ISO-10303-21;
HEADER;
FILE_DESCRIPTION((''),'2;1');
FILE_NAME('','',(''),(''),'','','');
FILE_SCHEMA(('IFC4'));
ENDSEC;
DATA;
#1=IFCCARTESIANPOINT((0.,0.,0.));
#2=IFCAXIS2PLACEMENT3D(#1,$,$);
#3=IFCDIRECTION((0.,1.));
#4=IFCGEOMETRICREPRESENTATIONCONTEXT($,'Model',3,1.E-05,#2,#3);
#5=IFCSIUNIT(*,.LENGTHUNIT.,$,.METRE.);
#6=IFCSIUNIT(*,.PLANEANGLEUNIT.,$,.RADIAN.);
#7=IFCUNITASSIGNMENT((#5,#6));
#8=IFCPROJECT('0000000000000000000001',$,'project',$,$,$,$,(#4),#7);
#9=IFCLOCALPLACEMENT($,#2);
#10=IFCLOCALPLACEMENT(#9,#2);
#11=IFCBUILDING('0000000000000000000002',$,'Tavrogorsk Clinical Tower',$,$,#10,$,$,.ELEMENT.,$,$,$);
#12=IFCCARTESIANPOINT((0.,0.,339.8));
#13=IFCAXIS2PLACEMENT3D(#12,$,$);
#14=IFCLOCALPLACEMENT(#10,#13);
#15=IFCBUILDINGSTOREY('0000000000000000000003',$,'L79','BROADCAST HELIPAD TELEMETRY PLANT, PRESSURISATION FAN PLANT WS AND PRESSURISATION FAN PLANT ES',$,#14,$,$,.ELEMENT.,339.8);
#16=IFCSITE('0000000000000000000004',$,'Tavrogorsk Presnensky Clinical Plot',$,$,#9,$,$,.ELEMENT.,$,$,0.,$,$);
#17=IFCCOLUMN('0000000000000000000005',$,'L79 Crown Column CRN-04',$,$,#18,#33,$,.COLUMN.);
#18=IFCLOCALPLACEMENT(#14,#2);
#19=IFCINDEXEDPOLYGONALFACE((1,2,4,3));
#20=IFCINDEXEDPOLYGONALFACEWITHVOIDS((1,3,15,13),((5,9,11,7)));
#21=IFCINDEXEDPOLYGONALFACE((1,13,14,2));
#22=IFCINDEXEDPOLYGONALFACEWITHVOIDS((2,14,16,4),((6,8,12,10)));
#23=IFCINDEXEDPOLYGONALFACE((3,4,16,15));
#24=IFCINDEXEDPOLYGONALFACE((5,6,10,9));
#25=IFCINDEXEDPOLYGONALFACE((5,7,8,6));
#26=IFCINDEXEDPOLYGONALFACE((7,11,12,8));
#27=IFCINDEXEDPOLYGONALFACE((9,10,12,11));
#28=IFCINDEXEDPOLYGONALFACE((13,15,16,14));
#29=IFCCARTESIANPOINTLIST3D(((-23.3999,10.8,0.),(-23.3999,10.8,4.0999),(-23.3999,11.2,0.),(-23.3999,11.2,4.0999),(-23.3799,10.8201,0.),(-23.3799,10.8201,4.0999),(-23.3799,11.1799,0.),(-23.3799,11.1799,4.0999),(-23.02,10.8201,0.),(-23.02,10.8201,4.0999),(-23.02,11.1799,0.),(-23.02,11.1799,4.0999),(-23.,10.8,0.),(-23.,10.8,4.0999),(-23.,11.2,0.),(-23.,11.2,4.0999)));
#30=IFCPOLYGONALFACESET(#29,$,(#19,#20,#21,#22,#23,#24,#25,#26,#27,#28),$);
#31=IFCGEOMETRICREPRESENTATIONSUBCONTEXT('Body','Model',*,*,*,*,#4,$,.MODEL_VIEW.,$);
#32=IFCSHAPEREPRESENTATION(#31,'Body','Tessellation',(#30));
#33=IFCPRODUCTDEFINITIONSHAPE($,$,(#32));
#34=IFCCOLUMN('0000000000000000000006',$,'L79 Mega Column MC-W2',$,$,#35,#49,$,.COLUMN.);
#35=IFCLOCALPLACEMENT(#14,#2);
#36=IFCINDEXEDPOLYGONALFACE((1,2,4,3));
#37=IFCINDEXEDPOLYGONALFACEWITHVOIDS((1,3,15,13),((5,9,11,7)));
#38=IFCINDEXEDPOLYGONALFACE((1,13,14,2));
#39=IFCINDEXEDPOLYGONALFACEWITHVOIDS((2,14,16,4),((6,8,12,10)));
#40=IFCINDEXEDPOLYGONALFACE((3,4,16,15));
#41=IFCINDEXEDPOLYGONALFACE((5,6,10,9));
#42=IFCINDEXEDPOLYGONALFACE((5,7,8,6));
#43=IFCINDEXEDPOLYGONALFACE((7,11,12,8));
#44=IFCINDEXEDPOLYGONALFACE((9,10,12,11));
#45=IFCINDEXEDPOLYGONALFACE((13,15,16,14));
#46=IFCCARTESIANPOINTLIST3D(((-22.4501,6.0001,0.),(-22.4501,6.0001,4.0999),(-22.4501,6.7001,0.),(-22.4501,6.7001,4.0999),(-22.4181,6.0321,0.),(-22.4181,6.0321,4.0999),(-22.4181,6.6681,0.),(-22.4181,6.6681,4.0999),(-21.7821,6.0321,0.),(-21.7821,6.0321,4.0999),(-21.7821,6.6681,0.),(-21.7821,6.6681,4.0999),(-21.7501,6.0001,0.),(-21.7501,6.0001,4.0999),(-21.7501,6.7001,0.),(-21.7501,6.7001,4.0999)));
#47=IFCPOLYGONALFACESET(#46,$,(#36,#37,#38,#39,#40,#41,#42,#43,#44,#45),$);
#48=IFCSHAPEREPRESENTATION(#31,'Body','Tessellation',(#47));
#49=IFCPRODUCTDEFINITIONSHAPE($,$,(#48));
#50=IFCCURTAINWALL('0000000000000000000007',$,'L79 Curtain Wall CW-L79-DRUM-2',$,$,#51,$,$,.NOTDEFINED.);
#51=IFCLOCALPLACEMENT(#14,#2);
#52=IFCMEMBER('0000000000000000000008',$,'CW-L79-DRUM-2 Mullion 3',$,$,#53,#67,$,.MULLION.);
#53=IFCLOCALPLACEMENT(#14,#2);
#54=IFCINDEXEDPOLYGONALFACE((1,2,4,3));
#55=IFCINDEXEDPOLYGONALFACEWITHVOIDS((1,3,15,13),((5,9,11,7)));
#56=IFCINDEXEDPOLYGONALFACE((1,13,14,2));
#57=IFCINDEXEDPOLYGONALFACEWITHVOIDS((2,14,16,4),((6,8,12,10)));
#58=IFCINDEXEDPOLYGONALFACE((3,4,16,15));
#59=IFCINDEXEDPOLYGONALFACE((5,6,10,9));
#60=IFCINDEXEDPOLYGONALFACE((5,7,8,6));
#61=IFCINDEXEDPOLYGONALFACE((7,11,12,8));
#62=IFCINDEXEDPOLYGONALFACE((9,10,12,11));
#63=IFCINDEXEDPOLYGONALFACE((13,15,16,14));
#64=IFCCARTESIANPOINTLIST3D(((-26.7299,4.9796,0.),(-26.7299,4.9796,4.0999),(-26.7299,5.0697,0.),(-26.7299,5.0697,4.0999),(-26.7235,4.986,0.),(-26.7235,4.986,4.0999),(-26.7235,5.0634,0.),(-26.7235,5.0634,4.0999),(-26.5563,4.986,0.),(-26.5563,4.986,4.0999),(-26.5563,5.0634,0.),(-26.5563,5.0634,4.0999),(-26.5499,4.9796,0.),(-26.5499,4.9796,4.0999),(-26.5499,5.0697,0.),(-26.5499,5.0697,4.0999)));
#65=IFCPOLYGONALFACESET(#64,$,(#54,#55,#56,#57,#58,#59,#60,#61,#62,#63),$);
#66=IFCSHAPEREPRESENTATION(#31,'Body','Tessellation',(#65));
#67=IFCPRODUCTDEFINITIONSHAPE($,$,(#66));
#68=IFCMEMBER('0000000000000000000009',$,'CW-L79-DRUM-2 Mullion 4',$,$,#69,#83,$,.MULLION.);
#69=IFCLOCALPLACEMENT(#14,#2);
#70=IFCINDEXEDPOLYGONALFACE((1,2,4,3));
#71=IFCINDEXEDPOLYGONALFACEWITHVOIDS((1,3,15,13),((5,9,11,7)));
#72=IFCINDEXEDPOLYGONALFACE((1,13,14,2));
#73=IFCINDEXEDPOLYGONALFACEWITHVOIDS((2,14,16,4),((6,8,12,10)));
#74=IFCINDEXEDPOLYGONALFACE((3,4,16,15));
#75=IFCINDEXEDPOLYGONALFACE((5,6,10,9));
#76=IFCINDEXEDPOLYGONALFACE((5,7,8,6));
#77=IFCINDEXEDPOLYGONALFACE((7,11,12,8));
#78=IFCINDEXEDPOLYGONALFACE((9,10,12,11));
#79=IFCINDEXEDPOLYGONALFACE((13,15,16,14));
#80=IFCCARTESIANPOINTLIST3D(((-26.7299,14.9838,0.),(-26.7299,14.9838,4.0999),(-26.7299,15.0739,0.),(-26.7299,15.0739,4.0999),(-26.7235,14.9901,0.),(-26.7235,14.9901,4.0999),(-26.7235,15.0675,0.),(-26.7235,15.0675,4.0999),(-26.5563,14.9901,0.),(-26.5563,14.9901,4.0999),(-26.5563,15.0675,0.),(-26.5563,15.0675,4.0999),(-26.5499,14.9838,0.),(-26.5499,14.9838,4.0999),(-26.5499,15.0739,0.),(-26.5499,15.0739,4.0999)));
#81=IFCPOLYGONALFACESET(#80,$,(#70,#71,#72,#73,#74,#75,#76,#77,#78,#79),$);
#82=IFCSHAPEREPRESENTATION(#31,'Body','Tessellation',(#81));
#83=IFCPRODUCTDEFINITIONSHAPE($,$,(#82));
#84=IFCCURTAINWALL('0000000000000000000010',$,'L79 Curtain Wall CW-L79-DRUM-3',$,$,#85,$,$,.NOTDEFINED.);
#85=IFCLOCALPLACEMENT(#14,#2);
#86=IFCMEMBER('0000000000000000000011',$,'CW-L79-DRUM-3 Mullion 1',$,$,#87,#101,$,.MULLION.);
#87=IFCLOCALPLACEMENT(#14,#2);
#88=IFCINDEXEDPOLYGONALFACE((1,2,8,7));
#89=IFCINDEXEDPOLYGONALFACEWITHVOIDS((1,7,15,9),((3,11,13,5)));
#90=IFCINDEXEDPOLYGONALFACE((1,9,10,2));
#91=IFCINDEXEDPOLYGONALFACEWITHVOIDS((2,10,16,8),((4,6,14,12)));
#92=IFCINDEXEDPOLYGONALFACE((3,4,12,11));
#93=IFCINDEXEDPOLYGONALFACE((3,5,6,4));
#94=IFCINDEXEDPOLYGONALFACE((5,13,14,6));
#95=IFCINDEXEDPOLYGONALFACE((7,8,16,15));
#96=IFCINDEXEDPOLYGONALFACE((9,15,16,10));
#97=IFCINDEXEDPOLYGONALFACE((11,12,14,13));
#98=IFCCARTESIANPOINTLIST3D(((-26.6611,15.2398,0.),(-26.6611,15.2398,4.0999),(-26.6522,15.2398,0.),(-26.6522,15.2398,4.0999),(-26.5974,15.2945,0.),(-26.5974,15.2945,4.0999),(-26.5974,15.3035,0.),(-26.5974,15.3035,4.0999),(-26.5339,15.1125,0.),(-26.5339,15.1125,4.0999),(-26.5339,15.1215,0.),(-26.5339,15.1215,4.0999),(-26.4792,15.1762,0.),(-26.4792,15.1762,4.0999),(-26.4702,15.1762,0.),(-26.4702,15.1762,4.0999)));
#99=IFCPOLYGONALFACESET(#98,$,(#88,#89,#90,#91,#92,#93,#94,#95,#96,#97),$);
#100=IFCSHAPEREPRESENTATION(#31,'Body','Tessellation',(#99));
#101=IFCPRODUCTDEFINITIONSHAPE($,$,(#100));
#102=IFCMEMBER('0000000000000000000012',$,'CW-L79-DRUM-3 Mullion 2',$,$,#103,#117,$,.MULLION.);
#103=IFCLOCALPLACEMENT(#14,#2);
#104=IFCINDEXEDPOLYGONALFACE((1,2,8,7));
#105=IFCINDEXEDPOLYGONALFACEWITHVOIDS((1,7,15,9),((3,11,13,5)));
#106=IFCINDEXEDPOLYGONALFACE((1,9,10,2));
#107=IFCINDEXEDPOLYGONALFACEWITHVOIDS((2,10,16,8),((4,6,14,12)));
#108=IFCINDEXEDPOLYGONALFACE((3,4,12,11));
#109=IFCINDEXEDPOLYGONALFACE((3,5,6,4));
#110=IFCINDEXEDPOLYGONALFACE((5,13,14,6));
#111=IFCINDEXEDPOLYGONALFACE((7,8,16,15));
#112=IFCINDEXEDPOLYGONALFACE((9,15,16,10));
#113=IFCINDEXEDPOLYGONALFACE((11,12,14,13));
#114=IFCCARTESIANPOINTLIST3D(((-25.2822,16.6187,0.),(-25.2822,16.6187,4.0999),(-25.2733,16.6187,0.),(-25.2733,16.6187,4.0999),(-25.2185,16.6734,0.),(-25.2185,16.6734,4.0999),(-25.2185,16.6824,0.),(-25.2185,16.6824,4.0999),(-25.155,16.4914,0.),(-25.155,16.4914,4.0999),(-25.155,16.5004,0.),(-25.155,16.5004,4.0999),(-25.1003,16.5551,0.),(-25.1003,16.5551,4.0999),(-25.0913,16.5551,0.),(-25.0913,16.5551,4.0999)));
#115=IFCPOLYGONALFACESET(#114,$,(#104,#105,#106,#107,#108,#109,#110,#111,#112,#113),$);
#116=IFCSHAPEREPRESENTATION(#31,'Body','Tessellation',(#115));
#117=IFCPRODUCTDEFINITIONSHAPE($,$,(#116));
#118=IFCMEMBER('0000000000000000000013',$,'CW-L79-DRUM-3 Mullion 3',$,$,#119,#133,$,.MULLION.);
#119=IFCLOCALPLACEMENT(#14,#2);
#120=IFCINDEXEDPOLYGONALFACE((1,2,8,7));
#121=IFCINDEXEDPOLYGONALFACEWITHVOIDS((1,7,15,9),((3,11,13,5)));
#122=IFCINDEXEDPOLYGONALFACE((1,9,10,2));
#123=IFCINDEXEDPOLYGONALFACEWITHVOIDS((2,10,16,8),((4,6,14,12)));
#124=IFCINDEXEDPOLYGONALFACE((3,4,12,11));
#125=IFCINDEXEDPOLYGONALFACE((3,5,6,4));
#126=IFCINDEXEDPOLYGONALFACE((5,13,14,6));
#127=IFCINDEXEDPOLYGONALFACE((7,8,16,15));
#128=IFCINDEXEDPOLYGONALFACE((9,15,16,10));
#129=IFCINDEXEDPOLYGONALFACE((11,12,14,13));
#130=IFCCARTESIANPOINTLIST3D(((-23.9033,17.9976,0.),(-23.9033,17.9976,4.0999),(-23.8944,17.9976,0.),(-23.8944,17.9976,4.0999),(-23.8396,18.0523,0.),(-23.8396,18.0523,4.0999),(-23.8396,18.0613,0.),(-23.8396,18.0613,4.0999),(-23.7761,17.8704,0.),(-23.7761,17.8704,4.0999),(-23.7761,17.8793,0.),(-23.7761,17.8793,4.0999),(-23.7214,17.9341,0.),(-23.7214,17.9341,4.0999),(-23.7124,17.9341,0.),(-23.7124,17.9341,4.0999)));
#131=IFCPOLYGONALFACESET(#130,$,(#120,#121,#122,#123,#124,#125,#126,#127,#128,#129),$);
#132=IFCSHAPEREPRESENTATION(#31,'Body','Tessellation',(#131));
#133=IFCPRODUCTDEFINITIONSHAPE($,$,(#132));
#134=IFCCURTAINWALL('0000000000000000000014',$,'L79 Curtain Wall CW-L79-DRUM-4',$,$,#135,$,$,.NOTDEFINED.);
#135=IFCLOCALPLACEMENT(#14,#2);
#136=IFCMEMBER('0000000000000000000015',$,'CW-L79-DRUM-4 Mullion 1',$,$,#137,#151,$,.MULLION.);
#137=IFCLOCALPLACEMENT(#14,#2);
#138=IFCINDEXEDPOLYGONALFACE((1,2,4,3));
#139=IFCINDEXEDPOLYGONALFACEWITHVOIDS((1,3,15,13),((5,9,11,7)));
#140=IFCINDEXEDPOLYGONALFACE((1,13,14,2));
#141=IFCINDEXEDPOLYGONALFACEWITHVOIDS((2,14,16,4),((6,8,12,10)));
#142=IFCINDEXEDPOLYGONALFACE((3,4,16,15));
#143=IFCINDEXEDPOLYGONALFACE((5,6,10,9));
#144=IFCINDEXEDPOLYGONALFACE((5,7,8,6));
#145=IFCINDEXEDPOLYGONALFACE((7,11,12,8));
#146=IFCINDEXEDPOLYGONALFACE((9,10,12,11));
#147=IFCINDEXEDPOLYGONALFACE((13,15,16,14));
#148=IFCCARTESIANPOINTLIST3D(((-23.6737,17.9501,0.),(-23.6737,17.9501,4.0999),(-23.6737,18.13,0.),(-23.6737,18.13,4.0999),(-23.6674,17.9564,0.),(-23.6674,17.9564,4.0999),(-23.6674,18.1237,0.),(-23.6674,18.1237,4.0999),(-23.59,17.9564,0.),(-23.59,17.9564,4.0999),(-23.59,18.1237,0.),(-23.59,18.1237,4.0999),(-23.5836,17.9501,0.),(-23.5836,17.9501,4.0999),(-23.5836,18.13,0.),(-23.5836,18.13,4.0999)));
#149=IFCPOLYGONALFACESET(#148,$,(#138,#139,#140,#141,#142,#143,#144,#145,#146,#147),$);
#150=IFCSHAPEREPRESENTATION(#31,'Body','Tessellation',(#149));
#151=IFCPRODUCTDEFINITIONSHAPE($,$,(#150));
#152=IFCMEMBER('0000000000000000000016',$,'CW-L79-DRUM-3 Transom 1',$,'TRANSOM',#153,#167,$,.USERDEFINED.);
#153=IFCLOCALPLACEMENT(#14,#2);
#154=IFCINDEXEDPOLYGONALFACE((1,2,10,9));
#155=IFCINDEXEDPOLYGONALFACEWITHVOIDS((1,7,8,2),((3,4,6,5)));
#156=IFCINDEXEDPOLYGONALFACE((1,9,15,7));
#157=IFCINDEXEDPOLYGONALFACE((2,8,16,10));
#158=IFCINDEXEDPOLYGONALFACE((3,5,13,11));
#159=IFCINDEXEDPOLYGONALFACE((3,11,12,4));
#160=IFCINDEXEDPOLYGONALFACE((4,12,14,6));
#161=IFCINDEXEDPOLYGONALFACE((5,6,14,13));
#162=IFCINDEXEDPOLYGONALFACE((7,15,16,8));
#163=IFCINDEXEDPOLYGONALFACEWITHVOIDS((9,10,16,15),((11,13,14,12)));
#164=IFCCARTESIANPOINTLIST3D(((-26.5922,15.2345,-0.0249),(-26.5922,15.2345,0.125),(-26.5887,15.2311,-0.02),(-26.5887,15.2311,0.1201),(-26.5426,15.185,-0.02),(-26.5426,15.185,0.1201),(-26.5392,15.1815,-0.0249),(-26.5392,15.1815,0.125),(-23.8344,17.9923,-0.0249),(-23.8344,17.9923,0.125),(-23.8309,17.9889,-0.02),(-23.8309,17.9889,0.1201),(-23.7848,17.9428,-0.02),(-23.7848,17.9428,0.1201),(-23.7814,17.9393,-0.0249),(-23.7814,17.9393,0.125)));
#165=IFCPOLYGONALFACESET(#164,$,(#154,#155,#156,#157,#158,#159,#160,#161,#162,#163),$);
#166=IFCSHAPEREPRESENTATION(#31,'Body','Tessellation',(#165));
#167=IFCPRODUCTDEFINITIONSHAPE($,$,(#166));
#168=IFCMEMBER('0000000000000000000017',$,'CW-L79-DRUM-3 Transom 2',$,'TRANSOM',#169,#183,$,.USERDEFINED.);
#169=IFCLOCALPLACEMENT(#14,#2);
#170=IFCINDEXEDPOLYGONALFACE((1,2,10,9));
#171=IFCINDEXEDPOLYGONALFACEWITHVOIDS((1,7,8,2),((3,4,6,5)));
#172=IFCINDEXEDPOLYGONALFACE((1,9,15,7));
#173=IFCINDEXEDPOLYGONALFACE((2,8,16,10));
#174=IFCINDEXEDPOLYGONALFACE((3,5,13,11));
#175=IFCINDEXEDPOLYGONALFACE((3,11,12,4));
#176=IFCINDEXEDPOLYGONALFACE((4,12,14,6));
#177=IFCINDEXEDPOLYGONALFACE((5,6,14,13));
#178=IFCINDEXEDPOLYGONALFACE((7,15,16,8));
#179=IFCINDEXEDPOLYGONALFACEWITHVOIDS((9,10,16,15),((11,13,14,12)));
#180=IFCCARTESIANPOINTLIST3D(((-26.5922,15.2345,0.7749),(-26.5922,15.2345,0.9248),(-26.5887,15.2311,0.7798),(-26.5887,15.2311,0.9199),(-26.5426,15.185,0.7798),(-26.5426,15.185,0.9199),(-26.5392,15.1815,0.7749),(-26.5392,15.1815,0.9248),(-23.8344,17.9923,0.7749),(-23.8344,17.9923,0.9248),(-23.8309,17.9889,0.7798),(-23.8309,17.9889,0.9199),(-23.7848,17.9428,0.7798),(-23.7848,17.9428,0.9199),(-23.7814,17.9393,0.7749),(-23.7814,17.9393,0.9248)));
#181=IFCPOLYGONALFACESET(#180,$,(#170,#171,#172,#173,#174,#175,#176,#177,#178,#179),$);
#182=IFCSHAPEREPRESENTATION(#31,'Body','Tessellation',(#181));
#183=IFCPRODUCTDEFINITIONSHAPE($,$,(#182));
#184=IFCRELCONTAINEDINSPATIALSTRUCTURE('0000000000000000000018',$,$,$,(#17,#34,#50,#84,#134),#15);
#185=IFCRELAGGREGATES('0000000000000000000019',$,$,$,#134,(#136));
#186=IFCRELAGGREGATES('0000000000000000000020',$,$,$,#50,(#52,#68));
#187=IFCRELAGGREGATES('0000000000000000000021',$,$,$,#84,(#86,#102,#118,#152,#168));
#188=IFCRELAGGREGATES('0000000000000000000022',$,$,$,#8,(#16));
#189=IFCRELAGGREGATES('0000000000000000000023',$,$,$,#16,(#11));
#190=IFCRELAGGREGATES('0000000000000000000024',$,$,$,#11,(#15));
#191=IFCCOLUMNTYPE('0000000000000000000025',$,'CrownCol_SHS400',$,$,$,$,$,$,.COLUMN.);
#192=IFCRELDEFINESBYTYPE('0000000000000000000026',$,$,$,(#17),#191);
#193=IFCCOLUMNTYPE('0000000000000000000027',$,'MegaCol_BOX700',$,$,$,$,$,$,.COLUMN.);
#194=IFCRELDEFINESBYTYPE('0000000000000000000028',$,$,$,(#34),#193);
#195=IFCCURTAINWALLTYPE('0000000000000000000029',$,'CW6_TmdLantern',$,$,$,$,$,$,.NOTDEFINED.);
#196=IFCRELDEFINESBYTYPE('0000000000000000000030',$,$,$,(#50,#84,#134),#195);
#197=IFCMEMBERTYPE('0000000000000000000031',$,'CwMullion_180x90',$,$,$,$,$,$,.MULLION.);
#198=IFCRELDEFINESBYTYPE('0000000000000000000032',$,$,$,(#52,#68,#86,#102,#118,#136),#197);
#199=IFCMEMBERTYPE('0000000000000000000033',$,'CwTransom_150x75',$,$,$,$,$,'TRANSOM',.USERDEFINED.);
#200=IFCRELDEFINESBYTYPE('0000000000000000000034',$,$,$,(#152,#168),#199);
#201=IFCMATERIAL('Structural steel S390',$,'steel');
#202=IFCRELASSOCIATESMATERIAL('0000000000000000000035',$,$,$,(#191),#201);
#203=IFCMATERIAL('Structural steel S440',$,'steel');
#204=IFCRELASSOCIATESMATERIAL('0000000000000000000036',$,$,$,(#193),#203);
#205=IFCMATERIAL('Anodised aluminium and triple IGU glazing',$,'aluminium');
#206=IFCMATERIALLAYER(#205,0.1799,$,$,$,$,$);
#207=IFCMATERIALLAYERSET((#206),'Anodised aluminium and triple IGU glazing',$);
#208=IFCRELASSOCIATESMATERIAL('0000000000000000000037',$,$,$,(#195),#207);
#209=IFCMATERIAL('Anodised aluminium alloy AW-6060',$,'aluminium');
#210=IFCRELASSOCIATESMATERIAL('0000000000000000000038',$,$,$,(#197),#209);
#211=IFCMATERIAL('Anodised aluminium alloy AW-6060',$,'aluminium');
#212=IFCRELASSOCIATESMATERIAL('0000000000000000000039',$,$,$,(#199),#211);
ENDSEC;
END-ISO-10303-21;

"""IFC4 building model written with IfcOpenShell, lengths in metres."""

from ifc_helpers import new_model, si_unit, direction, frame, origin, origin_2d, place, context, subcontext, project, spatial, hollow_rectangle, extrude, material, layer, layer_set, material_profile, profile_set, type_object, element, aggregate, save


model = new_model("IFC4")

# Units and contexts
model_context = context("Model", 3, precision=1e-05, world=origin(), true_north=direction((0.0, 1.0)))
body_context = subcontext(model_context, "Body", "Model", "MODEL_VIEW")
ifc_project = project(units=[si_unit("LENGTHUNIT", "METRE"), si_unit("PLANEANGLEUNIT", "RADIAN")], contexts=[model_context])

# Site, building, storey
site_placement = place(None, origin())
site = spatial("IfcSite", under=ifc_project, at=site_placement, Name="Tavrogorsk Presnensky Clinical Plot", CompositionType="ELEMENT", RefElevation=0.0)
building_placement = place(site_placement, origin())
building = spatial("IfcBuilding", under=site, at=building_placement, Name="Tavrogorsk Clinical Tower", CompositionType="ELEMENT")
storey_placement = place(building_placement, frame((0.0, 0.0, 339.8)))
storey = spatial("IfcBuildingStorey", under=building, at=storey_placement, Name="L79", Description="BROADCAST HELIPAD TELEMETRY PLANT, PRESSURISATION FAN PLANT WS AND PRESSURISATION FAN PLANT ES", CompositionType="ELEMENT", Elevation=339.8)

# Columns
ifc_material_1 = material(Name="Structural steel S390", Category="steel")
ifc_material_profile_1 = material_profile(ifc_material_1, hollow_rectangle(XDim=0.3999, YDim=0.3999, WallThickness=0.02, at=origin_2d()), Name="SHS-400x400x20")
ifc_profile_set_1 = profile_set([ifc_material_profile_1], Name="Structural steel S390")
column_type_1 = type_object("IfcColumnType", Name="CrownCol_SHS400", PredefinedType="COLUMN", material=ifc_profile_set_1)
column_1_placement = place(storey_placement, frame((-23.2, 11.0, 0.0), z_axis=(0.0, 0.0, 1.0), x_axis=(1.0, 0.0, 0.0)))
element("IfcColumn", 1, at=column_1_placement, inside=storey, type_object=column_type_1, Name="L79 Crown Column CRN-04", PredefinedType="COLUMN", context=body_context, shape_type="SweptSolid", body=[
    extrude(hollow_rectangle(XDim=0.3999, YDim=0.3999, WallThickness=0.02, at=origin_2d()), origin(), (0.0, 0.0, 1.0), 4.0999),
])
ifc_material_2 = material(Name="Structural steel S440", Category="steel")
ifc_material_profile_2 = material_profile(ifc_material_2, hollow_rectangle(XDim=0.7, YDim=0.7, WallThickness=0.032, at=origin_2d()), Name="BOX-700x700x32")
ifc_profile_set_2 = profile_set([ifc_material_profile_2], Name="Structural steel S440")
column_type_2 = type_object("IfcColumnType", Name="MegaCol_BOX700", PredefinedType="COLUMN", material=ifc_profile_set_2)
column_2_placement = place(storey_placement, frame((-22.1001, 6.3501, 0.0), z_axis=(0.0, 0.0, 1.0), x_axis=(1.0, 0.0, 0.0)))
element("IfcColumn", 2, at=column_2_placement, inside=storey, type_object=column_type_2, Name="L79 Mega Column MC-W2", PredefinedType="COLUMN", context=body_context, shape_type="SweptSolid", body=[
    extrude(hollow_rectangle(XDim=0.7, YDim=0.7, WallThickness=0.032, at=origin_2d()), origin(), (0.0, 0.0, 1.0), 4.0999),
])

# Curtain walls, members
ifc_material_3 = material(Name="Anodised aluminium and triple IGU glazing", Category="aluminium")
ifc_layer_1 = layer(ifc_material_3, 0.1799)
ifc_layer_set_1 = layer_set([ifc_layer_1], Name="Anodised aluminium and triple IGU glazing")
curtain_wall_type = type_object("IfcCurtainWallType", Name="CW6_TmdLantern", PredefinedType="NOTDEFINED", material=ifc_layer_set_1)
curtain_wall_1_placement = place(storey_placement, origin())
curtain_wall_1 = element("IfcCurtainWall", 3, at=curtain_wall_1_placement, inside=storey, type_object=curtain_wall_type, Name="L79 Curtain Wall CW-L79-DRUM-2", PredefinedType="NOTDEFINED")
ifc_material_4 = material(Name="Anodised aluminium alloy AW-6060", Category="aluminium")
ifc_material_profile_3 = material_profile(ifc_material_4, hollow_rectangle(XDim=0.0901, YDim=0.1799, WallThickness=0.0063, at=origin_2d()), Name="RHS-180x90x6.3")
ifc_profile_set_3 = profile_set([ifc_material_profile_3], Name="Anodised aluminium alloy AW-6060")
member_type_1 = type_object("IfcMemberType", Name="CwMullion_180x90", PredefinedType="MULLION", material=ifc_profile_set_3)
member_1_placement = place(storey_placement, frame((-26.6399, 5.0247, 0.0), z_axis=(0.0, 0.0, 1.0), x_axis=(0.0, 1.0, 0.0)))
member_1 = element("IfcMember", 4, at=member_1_placement, type_object=member_type_1, Name="CW-L79-DRUM-2 Mullion 3", PredefinedType="MULLION", context=body_context, shape_type="SweptSolid", body=[
    extrude(hollow_rectangle(XDim=0.0901, YDim=0.1799, WallThickness=0.0063, at=origin_2d()), origin(), (0.0, 0.0, 1.0), 4.0999),
])
member_2_placement = place(storey_placement, frame((-26.6399, 15.0288, 0.0), z_axis=(0.0, 0.0, 1.0), x_axis=(0.0, 1.0, 0.0)))
member_2 = element("IfcMember", 5, at=member_2_placement, type_object=member_type_1, Name="CW-L79-DRUM-2 Mullion 4", PredefinedType="MULLION", context=body_context, shape_type="SweptSolid", body=[
    extrude(hollow_rectangle(XDim=0.0901, YDim=0.1799, WallThickness=0.0063, at=origin_2d()), origin(), (0.0, 0.0, 1.0), 4.0999),
])
curtain_wall_2_placement = place(storey_placement, origin())
curtain_wall_2 = element("IfcCurtainWall", 6, at=curtain_wall_2_placement, inside=storey, type_object=curtain_wall_type, Name="L79 Curtain Wall CW-L79-DRUM-3", PredefinedType="NOTDEFINED")
member_3_placement = place(storey_placement, frame((-26.5657, 15.208, 0.0), z_axis=(0.0, 0.0, 1.0), x_axis=(0.707107, 0.707107, 0.0)))
member_3 = element("IfcMember", 7, at=member_3_placement, type_object=member_type_1, Name="CW-L79-DRUM-3 Mullion 1", PredefinedType="MULLION", context=body_context, shape_type="SweptSolid", body=[
    extrude(hollow_rectangle(XDim=0.0901, YDim=0.1799, WallThickness=0.0063, at=origin_2d()), origin(), (0.0, 0.0, 1.0), 4.0999),
])
member_4_placement = place(storey_placement, frame((-25.1868, 16.5869, 0.0), z_axis=(0.0, 0.0, 1.0), x_axis=(0.707107, 0.707107, 0.0)))
member_4 = element("IfcMember", 8, at=member_4_placement, type_object=member_type_1, Name="CW-L79-DRUM-3 Mullion 2", PredefinedType="MULLION", context=body_context, shape_type="SweptSolid", body=[
    extrude(hollow_rectangle(XDim=0.0901, YDim=0.1799, WallThickness=0.0063, at=origin_2d()), origin(), (0.0, 0.0, 1.0), 4.0999),
])
member_5_placement = place(storey_placement, frame((-23.8079, 17.9658, 0.0), z_axis=(0.0, 0.0, 1.0), x_axis=(0.707107, 0.707107, 0.0)))
member_5 = element("IfcMember", 9, at=member_5_placement, type_object=member_type_1, Name="CW-L79-DRUM-3 Mullion 3", PredefinedType="MULLION", context=body_context, shape_type="SweptSolid", body=[
    extrude(hollow_rectangle(XDim=0.0901, YDim=0.1799, WallThickness=0.0063, at=origin_2d()), origin(), (0.0, 0.0, 1.0), 4.0999),
])

# Curtain wall, member
curtain_wall_3_placement = place(storey_placement, origin())
curtain_wall_3 = element("IfcCurtainWall", 10, at=curtain_wall_3_placement, inside=storey, type_object=curtain_wall_type, Name="L79 Curtain Wall CW-L79-DRUM-4", PredefinedType="NOTDEFINED")
member_6_placement = place(storey_placement, frame((-23.6287, 18.04, 0.0), z_axis=(0.0, 0.0, 1.0), x_axis=(1.0, 0.0, 0.0)))
member_6 = element("IfcMember", 11, at=member_6_placement, type_object=member_type_1, Name="CW-L79-DRUM-4 Mullion 1", PredefinedType="MULLION", context=body_context, shape_type="SweptSolid", body=[
    extrude(hollow_rectangle(XDim=0.0901, YDim=0.1799, WallThickness=0.0063, at=origin_2d()), origin(), (0.0, 0.0, 1.0), 4.0999),
])

# Members
ifc_material_5 = material(Name="Anodised aluminium alloy AW-6060", Category="aluminium")
ifc_material_profile_4 = material_profile(ifc_material_5, hollow_rectangle(XDim=0.075, YDim=0.1499, WallThickness=0.0049, at=origin_2d()), Name="RHS-150x75x5")
ifc_profile_set_4 = profile_set([ifc_material_profile_4], Name="Anodised aluminium alloy AW-6060")
member_type_2 = type_object("IfcMemberType", Name="CwTransom_150x75", ElementType="TRANSOM", PredefinedType="USERDEFINED", material=ifc_profile_set_4)
member_7_placement = place(storey_placement, frame((-26.5657, 15.208, 0.05), z_axis=(0.707107, 0.707107, 0.0), x_axis=(-0.707107, 0.707107, 0.0)))
member_7 = element("IfcMember", 12, at=member_7_placement, type_object=member_type_2, Name="CW-L79-DRUM-3 Transom 1", ObjectType="TRANSOM", PredefinedType="USERDEFINED", context=body_context, shape_type="SweptSolid", body=[
    extrude(hollow_rectangle(XDim=0.075, YDim=0.1499, WallThickness=0.0049, at=origin_2d()), origin(), (0.0, 0.0, 1.0), 3.9001),
])
member_8_placement = place(storey_placement, frame((-26.5657, 15.208, 0.8499), z_axis=(0.707107, 0.707107, 0.0), x_axis=(-0.707107, 0.707107, 0.0)))
member_8 = element("IfcMember", 13, at=member_8_placement, type_object=member_type_2, Name="CW-L79-DRUM-3 Transom 2", ObjectType="TRANSOM", PredefinedType="USERDEFINED", context=body_context, shape_type="SweptSolid", body=[
    extrude(hollow_rectangle(XDim=0.075, YDim=0.1499, WallThickness=0.0049, at=origin_2d()), origin(), (0.0, 0.0, 1.0), 3.9001),
])
aggregate(curtain_wall_3, [member_6])

aggregate(curtain_wall_1, [member_1, member_2])
aggregate(curtain_wall_2, [member_3, member_4, member_5, member_7, member_8])

save(model, "model.ifc")
